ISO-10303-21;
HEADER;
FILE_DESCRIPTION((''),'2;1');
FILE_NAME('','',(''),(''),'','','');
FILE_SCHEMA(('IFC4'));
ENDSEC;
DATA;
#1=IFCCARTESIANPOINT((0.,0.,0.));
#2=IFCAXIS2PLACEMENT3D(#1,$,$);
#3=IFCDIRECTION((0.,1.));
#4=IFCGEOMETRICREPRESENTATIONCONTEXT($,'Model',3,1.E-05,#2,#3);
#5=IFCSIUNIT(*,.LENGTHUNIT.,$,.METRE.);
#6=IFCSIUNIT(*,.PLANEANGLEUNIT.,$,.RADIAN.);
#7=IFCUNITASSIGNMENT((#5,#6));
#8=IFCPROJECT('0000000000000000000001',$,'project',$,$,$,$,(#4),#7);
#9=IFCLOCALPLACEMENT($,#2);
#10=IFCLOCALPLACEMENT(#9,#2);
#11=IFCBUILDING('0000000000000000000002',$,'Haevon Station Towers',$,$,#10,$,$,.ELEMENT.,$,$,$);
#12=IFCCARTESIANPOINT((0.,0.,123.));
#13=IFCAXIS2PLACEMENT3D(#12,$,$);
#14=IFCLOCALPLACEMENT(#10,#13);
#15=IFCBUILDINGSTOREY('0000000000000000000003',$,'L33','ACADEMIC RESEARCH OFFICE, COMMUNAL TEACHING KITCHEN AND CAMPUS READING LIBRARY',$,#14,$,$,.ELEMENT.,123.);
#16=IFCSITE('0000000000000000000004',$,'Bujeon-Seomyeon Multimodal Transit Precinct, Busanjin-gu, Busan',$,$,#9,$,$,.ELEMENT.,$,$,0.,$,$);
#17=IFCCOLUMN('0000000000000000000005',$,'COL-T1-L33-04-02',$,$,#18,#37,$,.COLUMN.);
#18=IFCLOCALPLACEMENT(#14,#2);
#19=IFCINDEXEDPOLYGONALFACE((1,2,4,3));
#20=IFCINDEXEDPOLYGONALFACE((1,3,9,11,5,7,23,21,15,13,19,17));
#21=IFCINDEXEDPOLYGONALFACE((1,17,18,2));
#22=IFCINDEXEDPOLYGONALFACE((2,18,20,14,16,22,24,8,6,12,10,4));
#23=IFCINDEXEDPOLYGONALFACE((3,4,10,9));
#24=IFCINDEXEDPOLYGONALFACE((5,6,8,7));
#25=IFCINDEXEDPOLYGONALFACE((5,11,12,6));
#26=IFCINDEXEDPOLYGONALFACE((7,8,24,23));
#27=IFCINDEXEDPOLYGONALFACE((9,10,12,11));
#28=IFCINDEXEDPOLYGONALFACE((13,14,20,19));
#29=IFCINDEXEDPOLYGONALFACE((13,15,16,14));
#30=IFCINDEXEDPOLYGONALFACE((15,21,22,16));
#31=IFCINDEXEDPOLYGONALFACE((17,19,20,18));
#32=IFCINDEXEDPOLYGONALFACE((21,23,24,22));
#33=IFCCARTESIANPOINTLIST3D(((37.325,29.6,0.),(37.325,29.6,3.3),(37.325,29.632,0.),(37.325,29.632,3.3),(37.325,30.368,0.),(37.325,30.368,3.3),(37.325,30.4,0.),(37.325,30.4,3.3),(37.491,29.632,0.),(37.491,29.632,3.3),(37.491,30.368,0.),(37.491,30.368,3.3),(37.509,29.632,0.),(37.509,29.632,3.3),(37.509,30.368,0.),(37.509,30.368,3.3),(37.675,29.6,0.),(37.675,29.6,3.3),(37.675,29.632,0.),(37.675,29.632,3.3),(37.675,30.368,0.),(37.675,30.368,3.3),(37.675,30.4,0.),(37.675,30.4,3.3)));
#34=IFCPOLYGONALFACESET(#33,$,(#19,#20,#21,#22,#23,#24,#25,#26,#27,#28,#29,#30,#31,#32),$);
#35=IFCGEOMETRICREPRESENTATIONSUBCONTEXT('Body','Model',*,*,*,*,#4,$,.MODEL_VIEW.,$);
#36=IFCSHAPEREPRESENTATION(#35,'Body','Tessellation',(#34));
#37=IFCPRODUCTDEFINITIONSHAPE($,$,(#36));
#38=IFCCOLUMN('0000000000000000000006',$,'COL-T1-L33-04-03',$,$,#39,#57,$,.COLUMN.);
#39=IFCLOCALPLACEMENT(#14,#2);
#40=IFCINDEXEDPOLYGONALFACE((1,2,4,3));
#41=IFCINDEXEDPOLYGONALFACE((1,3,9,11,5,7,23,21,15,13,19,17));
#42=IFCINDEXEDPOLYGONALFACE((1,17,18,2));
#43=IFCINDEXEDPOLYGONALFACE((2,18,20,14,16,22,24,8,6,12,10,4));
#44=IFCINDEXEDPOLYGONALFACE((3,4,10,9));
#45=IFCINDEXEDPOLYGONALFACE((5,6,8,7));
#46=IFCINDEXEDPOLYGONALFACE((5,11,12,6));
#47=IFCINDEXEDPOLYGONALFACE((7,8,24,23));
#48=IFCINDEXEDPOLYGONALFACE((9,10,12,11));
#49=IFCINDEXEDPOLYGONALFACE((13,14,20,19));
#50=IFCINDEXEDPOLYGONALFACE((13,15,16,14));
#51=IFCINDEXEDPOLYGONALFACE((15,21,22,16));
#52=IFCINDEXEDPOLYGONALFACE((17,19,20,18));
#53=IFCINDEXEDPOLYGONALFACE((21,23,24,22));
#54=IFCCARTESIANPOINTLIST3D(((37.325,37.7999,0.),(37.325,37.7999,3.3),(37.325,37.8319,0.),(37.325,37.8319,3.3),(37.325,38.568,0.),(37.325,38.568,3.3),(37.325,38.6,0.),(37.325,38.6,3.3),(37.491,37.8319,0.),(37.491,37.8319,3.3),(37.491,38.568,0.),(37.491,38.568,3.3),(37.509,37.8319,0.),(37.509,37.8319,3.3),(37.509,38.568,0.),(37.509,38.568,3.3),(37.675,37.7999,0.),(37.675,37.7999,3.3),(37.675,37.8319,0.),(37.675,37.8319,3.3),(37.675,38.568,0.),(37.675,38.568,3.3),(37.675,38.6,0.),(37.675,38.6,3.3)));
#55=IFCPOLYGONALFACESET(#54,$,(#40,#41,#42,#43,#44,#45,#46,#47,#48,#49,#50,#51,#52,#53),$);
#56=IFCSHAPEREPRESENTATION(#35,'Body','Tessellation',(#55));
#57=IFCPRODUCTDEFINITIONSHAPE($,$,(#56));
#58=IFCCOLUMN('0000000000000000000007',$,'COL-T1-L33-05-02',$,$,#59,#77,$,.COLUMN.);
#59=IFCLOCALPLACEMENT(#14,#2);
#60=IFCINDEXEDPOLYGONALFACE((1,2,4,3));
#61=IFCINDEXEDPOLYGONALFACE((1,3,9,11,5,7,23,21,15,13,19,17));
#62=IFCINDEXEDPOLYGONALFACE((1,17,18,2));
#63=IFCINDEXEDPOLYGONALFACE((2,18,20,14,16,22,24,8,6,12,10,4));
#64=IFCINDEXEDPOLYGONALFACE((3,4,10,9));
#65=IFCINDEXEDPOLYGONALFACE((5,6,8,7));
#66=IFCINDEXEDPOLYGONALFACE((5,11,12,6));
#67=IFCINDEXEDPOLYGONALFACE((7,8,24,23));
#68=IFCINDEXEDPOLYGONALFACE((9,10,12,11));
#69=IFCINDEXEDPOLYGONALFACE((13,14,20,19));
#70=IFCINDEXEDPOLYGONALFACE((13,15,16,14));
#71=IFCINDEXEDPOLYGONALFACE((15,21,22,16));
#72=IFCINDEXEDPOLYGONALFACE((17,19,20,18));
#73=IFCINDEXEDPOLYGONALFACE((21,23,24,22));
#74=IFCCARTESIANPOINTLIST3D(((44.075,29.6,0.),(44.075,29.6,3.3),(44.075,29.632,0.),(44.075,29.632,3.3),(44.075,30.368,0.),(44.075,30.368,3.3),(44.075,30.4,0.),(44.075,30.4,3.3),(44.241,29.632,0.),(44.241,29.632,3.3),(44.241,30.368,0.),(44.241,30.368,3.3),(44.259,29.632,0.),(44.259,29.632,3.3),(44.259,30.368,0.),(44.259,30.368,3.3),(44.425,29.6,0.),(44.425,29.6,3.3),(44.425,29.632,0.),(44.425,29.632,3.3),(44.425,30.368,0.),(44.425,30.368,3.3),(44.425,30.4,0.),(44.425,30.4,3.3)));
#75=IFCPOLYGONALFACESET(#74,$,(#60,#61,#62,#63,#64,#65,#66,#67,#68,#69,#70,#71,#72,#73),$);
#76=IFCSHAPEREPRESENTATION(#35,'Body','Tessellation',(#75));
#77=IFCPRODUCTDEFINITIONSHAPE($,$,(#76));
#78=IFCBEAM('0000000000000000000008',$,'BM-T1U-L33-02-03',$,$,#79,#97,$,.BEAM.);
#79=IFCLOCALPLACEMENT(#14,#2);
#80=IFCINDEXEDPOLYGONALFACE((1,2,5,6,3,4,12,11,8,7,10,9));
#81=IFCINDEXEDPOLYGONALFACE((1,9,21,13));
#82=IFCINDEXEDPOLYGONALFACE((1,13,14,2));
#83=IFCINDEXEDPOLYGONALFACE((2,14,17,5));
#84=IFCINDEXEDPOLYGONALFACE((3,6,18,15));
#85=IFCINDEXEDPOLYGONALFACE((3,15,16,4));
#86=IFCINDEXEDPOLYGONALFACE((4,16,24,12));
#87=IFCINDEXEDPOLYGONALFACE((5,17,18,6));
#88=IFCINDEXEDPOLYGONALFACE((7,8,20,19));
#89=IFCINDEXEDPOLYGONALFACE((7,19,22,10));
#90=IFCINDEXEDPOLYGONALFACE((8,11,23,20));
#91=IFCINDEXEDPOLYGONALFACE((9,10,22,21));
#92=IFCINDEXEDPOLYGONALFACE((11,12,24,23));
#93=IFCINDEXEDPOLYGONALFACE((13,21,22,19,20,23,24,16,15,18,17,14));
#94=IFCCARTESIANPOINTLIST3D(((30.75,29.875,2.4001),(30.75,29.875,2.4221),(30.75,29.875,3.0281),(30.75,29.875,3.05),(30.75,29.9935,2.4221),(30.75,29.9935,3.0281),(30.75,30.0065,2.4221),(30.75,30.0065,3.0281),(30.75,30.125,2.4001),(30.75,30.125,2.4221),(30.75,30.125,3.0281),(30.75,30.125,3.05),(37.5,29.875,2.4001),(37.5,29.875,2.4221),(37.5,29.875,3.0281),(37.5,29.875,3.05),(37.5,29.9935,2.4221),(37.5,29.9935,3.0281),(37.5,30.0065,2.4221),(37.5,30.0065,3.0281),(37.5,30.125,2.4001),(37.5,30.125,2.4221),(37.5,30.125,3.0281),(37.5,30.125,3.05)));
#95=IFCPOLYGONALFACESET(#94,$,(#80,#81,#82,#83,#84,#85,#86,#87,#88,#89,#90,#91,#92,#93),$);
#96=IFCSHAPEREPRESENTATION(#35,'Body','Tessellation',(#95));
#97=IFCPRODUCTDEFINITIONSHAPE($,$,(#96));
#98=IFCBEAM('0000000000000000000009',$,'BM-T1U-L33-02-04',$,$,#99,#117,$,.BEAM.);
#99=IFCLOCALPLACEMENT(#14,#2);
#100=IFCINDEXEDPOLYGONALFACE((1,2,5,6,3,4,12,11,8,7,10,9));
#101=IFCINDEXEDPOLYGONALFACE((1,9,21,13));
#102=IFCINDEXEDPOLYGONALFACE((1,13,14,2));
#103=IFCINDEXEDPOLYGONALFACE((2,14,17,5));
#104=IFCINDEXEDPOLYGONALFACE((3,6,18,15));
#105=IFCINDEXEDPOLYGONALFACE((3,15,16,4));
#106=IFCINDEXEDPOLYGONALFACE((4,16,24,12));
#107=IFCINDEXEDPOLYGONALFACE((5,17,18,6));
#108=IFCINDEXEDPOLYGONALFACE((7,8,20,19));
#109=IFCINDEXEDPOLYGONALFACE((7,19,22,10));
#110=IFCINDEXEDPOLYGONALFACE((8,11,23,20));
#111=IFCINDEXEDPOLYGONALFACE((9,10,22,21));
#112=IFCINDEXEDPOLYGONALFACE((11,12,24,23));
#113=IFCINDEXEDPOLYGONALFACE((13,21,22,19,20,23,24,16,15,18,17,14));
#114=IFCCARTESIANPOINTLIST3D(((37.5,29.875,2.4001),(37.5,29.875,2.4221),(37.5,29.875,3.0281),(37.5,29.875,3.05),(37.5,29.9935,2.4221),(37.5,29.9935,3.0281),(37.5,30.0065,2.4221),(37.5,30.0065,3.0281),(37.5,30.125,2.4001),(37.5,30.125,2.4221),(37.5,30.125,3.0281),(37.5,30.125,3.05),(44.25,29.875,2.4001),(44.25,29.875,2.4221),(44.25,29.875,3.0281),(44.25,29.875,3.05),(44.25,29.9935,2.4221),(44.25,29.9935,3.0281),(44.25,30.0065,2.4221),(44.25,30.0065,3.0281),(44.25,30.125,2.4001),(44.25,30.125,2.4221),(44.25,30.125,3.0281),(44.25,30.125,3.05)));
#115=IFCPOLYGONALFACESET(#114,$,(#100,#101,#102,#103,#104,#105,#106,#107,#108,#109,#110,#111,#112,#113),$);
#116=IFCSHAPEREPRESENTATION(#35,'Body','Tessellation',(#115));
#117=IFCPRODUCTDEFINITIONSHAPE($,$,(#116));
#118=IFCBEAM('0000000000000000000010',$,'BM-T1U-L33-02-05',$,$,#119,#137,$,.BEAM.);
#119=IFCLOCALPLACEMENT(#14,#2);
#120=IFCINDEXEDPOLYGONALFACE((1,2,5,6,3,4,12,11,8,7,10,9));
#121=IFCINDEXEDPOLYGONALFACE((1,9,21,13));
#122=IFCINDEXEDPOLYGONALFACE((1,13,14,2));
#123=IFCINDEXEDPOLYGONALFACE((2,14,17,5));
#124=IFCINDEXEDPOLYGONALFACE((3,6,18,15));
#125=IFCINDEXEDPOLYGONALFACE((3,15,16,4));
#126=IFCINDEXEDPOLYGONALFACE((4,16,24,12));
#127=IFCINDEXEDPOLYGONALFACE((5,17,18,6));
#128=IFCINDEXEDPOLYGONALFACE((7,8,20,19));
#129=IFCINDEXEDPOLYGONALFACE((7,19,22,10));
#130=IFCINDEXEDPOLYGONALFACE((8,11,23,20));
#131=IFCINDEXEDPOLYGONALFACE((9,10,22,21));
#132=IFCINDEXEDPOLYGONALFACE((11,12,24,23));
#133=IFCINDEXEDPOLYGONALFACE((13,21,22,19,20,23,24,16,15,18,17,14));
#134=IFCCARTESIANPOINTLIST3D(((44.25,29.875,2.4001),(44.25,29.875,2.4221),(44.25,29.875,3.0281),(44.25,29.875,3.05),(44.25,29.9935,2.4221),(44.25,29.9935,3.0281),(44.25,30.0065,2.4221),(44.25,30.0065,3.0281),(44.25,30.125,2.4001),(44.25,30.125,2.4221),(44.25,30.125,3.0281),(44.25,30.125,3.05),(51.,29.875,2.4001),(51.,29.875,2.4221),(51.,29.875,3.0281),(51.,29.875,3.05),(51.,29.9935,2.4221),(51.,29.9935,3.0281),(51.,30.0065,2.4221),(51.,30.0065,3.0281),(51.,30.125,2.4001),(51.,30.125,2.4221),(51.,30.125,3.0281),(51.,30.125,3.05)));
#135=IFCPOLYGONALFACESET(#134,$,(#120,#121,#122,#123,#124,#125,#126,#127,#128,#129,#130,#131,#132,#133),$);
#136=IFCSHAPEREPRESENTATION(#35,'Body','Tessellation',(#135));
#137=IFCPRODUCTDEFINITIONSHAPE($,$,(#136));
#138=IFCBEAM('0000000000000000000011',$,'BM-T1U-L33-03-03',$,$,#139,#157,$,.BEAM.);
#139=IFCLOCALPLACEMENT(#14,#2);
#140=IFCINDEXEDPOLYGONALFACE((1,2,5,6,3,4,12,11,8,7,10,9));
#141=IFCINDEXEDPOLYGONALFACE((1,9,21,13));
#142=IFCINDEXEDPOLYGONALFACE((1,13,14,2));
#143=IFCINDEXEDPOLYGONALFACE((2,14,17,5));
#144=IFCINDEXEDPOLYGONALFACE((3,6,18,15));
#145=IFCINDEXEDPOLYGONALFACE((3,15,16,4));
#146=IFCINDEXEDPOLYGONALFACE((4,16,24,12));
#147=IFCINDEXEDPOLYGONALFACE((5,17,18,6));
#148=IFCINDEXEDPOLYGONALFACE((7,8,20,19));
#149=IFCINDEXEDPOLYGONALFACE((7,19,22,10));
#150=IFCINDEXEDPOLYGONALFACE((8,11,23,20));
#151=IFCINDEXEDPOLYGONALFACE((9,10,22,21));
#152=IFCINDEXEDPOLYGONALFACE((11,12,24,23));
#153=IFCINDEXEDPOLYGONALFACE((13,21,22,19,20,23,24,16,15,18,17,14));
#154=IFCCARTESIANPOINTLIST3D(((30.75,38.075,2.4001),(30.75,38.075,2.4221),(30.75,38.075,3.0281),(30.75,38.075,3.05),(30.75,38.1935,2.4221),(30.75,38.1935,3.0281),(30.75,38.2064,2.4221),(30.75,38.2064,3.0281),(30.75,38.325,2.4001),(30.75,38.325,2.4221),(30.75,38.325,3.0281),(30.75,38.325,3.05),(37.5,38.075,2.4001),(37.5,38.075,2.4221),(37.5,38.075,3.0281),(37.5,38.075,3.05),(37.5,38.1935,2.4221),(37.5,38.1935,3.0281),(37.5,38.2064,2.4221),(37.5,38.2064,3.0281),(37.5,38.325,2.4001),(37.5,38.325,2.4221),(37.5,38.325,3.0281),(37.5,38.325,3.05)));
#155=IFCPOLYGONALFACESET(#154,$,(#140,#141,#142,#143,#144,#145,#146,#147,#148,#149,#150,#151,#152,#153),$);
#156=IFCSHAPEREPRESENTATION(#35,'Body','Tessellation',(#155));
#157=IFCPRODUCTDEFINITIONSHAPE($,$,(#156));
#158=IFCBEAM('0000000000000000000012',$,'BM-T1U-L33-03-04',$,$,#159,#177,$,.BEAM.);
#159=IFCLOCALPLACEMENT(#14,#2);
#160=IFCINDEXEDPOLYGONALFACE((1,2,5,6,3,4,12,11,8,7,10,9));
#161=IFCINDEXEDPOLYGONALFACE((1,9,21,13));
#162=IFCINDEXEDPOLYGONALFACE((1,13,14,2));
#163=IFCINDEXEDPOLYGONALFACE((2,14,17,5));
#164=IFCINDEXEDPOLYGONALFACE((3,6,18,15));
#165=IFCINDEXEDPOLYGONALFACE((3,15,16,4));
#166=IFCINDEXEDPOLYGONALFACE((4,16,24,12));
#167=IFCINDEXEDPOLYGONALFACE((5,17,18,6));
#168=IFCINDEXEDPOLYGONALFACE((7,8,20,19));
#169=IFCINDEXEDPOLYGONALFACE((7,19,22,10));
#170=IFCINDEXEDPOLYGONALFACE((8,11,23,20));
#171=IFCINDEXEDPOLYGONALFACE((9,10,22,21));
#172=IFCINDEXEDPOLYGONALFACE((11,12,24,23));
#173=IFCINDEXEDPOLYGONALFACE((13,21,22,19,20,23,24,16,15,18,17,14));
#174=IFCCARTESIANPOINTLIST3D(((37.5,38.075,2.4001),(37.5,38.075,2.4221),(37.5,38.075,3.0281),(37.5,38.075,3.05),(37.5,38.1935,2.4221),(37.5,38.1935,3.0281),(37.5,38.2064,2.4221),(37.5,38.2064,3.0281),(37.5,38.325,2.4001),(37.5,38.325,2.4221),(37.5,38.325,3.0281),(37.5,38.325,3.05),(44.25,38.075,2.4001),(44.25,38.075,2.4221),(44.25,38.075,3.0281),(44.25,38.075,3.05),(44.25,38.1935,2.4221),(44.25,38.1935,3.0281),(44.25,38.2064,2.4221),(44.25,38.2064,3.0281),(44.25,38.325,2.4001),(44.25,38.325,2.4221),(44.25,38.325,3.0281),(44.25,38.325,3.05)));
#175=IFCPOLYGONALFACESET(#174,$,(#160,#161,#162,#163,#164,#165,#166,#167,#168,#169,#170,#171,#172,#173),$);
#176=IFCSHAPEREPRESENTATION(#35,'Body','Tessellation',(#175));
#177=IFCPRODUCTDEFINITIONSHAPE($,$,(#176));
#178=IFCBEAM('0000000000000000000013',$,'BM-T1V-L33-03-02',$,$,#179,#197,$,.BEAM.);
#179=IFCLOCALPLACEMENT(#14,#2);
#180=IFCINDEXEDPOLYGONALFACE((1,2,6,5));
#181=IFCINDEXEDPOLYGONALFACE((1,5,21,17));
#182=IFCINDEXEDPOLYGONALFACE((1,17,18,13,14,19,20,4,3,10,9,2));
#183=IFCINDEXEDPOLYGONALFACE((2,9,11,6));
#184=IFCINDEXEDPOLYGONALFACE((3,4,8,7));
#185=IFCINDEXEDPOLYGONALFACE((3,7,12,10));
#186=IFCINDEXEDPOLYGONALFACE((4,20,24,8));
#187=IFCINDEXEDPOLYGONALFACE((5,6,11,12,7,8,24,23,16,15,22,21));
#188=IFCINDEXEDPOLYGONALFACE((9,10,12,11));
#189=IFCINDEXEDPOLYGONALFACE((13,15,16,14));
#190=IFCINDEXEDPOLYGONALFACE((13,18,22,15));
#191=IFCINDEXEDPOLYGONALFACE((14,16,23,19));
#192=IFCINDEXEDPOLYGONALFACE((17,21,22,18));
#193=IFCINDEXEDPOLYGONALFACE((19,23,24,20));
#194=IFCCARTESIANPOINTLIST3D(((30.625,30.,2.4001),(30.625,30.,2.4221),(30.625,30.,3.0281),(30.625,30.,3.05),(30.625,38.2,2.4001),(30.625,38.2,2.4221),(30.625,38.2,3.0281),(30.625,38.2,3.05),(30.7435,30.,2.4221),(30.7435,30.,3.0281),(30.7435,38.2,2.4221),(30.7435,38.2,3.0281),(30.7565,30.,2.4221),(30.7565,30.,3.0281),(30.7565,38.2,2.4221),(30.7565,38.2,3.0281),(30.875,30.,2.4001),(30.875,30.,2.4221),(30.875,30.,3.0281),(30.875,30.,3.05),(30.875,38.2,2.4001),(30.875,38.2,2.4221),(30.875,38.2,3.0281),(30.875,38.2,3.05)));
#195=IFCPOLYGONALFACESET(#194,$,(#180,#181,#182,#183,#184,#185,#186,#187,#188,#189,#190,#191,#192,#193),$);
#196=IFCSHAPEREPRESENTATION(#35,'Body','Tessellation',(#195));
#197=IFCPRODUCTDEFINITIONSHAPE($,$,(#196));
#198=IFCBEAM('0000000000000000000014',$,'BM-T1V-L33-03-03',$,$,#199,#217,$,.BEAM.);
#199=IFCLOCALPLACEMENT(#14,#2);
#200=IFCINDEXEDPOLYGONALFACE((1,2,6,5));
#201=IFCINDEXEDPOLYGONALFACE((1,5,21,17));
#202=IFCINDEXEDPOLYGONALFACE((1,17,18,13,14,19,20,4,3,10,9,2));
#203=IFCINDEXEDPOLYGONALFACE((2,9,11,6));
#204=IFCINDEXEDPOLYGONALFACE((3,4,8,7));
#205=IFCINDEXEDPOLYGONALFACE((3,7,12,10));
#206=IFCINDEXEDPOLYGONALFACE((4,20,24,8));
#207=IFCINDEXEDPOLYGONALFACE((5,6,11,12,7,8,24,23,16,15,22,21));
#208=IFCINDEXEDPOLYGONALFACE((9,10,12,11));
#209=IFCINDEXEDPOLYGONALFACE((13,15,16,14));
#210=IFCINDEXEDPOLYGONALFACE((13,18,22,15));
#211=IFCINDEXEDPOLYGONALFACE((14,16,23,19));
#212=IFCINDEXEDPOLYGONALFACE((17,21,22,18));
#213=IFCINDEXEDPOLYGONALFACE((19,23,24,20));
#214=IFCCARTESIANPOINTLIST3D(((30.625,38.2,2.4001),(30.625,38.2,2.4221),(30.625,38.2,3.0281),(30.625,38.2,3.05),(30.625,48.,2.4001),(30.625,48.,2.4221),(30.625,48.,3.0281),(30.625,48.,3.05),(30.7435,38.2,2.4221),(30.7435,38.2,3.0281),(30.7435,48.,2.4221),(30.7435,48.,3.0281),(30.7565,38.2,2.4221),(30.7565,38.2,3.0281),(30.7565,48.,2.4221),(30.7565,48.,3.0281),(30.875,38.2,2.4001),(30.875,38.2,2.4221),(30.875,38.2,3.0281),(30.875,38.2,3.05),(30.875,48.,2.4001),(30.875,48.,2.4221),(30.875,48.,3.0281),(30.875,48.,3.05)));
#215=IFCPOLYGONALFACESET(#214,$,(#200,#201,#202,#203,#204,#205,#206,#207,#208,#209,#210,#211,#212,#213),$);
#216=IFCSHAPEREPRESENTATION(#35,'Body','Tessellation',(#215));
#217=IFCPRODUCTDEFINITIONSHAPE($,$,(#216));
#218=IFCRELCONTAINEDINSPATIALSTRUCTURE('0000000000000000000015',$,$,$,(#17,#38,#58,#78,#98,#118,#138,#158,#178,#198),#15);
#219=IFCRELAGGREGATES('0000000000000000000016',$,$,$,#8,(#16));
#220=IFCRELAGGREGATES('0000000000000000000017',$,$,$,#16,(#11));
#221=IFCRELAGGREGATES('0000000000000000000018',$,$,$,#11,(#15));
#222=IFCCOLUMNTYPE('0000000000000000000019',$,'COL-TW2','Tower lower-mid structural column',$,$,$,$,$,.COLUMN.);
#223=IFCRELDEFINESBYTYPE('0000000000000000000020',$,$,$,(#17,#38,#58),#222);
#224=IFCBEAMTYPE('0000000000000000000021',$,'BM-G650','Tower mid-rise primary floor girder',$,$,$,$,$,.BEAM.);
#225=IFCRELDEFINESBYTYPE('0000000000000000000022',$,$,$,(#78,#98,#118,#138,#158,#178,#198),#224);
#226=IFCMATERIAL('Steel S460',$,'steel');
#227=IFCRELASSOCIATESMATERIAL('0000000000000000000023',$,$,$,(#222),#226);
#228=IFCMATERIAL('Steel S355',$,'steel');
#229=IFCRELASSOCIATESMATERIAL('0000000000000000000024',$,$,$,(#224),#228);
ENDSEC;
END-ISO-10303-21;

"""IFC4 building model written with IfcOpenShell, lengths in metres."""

from ifc_helpers import new_model, si_unit, direction, frame, origin, origin_2d, place, context, subcontext, project, spatial, i_section, extrude, material, material_profile, profile_set, type_object, element, save


model = new_model("IFC4")

# Units and contexts
model_context = context("Model", 3, precision=1e-05, world=origin(), true_north=direction((0.0, 1.0)))
body_context = subcontext(model_context, "Body", "Model", "MODEL_VIEW")
ifc_project = project(units=[si_unit("LENGTHUNIT", "METRE"), si_unit("PLANEANGLEUNIT", "RADIAN")], contexts=[model_context])

# Site, building, storey
site_placement = place(None, origin())
site = spatial("IfcSite", under=ifc_project, at=site_placement, Name="Bujeon-Seomyeon Multimodal Transit Precinct, Busanjin-gu, Busan", CompositionType="ELEMENT", RefElevation=0.0)
building_placement = place(site_placement, origin())
building = spatial("IfcBuilding", under=site, at=building_placement, Name="Haevon Station Towers", CompositionType="ELEMENT")
storey_placement = place(building_placement, frame((0.0, 0.0, 123.0)))
storey = spatial("IfcBuildingStorey", under=building, at=storey_placement, Name="L33", Description="ACADEMIC RESEARCH OFFICE, COMMUNAL TEACHING KITCHEN AND CAMPUS READING LIBRARY", CompositionType="ELEMENT", Elevation=123.0)

# Columns
ifc_material_1 = material(Name="Steel S460", Category="steel")
ifc_material_profile_1 = material_profile(ifc_material_1, i_section(OverallWidth=0.3501, OverallDepth=0.8, WebThickness=0.0181, FlangeThickness=0.032, at=origin_2d()), Name="H-800x350x18x32")
ifc_profile_set_1 = profile_set([ifc_material_profile_1], Name="Steel S460")
column_type = type_object("IfcColumnType", Name="COL-TW2", Description="Tower lower-mid structural column", PredefinedType="COLUMN", material=ifc_profile_set_1)
for number, where, z_axis, x_axis, name in (
    (1, (37.5, 30.0, 0.0), (0.0, 0.0, 1.0), (1.0, 0.0, 0.0), "COL-T1-L33-04-02"),
    (2, (37.5, 38.2, 0.0), (0.0, 0.0, 1.0), (1.0, 0.0, 0.0), "COL-T1-L33-04-03"),
    (3, (44.25, 30.0, 0.0), (0.0, 0.0, 1.0), (1.0, 0.0, 0.0), "COL-T1-L33-05-02"),
):
    element("IfcColumn", number, at=place(storey_placement, frame(where, z_axis=z_axis, x_axis=x_axis)), inside=storey, type_object=column_type, Name=name, PredefinedType="COLUMN", context=body_context, shape_type="SweptSolid", body=[
        extrude(i_section(OverallWidth=0.3501, OverallDepth=0.8, WebThickness=0.0181, FlangeThickness=0.032, at=origin_2d()), origin(), (0.0, 0.0, 1.0), 3.3),
    ])

# Beams
ifc_material_2 = material(Name="Steel S355", Category="steel")
ifc_material_profile_2 = material_profile(ifc_material_2, i_section(OverallWidth=0.25, OverallDepth=0.6499, WebThickness=0.0129, FlangeThickness=0.022, at=origin_2d()), Name="H-650x250x13x22")
ifc_profile_set_2 = profile_set([ifc_material_profile_2], Name="Steel S355")
beam_type_1 = type_object("IfcBeamType", Name="BM-G650", Description="Tower mid-rise primary floor girder", PredefinedType="BEAM", material=ifc_profile_set_2)
for number, where, z_axis, x_axis, name in (
    (4, (30.75, 30.0, 2.7251), (1.0, 0.0, 0.0), (0.0, 1.0, 0.0), "BM-T1U-L33-02-03"),
    (5, (37.5, 30.0, 2.7251), (1.0, 0.0, 0.0), (0.0, 1.0, 0.0), "BM-T1U-L33-02-04"),
    (6, (44.25, 30.0, 2.7251), (1.0, 0.0, 0.0), (0.0, 1.0, 0.0), "BM-T1U-L33-02-05"),
    (7, (30.75, 38.2, 2.7251), (1.0, 0.0, 0.0), (0.0, 1.0, 0.0), "BM-T1U-L33-03-03"),
    (8, (37.5, 38.2, 2.7251), (1.0, 0.0, 0.0), (0.0, 1.0, 0.0), "BM-T1U-L33-03-04"),
):
    element("IfcBeam", number, at=place(storey_placement, frame(where, z_axis=z_axis, x_axis=x_axis)), inside=storey, type_object=beam_type_1, Name=name, PredefinedType="BEAM", context=body_context, shape_type="SweptSolid", body=[
        extrude(i_section(OverallWidth=0.25, OverallDepth=0.6499, WebThickness=0.0129, FlangeThickness=0.022, at=origin_2d()), origin(), (0.0, 0.0, 1.0), 6.75),
    ])
beam_1_placement = place(storey_placement, frame((30.75, 30.0, 2.7251), z_axis=(0.0, 1.0, 0.0), x_axis=(-1.0, 0.0, 0.0)))
element("IfcBeam", 9, at=beam_1_placement, inside=storey, type_object=beam_type_1, Name="BM-T1V-L33-03-02", PredefinedType="BEAM", context=body_context, shape_type="SweptSolid", body=[
    extrude(i_section(OverallWidth=0.25, OverallDepth=0.6499, WebThickness=0.0129, FlangeThickness=0.022, at=origin_2d()), origin(), (0.0, 0.0, 1.0), 8.2),
])
beam_2_placement = place(storey_placement, frame((30.75, 38.2, 2.7251), z_axis=(0.0, 1.0, 0.0), x_axis=(-1.0, 0.0, 0.0)))
element("IfcBeam", 10, at=beam_2_placement, inside=storey, type_object=beam_type_1, Name="BM-T1V-L33-03-03", PredefinedType="BEAM", context=body_context, shape_type="SweptSolid", body=[
    extrude(i_section(OverallWidth=0.25, OverallDepth=0.6499, WebThickness=0.0129, FlangeThickness=0.022, at=origin_2d()), origin(), (0.0, 0.0, 1.0), 9.8),
])

save(model, "model.ifc")
